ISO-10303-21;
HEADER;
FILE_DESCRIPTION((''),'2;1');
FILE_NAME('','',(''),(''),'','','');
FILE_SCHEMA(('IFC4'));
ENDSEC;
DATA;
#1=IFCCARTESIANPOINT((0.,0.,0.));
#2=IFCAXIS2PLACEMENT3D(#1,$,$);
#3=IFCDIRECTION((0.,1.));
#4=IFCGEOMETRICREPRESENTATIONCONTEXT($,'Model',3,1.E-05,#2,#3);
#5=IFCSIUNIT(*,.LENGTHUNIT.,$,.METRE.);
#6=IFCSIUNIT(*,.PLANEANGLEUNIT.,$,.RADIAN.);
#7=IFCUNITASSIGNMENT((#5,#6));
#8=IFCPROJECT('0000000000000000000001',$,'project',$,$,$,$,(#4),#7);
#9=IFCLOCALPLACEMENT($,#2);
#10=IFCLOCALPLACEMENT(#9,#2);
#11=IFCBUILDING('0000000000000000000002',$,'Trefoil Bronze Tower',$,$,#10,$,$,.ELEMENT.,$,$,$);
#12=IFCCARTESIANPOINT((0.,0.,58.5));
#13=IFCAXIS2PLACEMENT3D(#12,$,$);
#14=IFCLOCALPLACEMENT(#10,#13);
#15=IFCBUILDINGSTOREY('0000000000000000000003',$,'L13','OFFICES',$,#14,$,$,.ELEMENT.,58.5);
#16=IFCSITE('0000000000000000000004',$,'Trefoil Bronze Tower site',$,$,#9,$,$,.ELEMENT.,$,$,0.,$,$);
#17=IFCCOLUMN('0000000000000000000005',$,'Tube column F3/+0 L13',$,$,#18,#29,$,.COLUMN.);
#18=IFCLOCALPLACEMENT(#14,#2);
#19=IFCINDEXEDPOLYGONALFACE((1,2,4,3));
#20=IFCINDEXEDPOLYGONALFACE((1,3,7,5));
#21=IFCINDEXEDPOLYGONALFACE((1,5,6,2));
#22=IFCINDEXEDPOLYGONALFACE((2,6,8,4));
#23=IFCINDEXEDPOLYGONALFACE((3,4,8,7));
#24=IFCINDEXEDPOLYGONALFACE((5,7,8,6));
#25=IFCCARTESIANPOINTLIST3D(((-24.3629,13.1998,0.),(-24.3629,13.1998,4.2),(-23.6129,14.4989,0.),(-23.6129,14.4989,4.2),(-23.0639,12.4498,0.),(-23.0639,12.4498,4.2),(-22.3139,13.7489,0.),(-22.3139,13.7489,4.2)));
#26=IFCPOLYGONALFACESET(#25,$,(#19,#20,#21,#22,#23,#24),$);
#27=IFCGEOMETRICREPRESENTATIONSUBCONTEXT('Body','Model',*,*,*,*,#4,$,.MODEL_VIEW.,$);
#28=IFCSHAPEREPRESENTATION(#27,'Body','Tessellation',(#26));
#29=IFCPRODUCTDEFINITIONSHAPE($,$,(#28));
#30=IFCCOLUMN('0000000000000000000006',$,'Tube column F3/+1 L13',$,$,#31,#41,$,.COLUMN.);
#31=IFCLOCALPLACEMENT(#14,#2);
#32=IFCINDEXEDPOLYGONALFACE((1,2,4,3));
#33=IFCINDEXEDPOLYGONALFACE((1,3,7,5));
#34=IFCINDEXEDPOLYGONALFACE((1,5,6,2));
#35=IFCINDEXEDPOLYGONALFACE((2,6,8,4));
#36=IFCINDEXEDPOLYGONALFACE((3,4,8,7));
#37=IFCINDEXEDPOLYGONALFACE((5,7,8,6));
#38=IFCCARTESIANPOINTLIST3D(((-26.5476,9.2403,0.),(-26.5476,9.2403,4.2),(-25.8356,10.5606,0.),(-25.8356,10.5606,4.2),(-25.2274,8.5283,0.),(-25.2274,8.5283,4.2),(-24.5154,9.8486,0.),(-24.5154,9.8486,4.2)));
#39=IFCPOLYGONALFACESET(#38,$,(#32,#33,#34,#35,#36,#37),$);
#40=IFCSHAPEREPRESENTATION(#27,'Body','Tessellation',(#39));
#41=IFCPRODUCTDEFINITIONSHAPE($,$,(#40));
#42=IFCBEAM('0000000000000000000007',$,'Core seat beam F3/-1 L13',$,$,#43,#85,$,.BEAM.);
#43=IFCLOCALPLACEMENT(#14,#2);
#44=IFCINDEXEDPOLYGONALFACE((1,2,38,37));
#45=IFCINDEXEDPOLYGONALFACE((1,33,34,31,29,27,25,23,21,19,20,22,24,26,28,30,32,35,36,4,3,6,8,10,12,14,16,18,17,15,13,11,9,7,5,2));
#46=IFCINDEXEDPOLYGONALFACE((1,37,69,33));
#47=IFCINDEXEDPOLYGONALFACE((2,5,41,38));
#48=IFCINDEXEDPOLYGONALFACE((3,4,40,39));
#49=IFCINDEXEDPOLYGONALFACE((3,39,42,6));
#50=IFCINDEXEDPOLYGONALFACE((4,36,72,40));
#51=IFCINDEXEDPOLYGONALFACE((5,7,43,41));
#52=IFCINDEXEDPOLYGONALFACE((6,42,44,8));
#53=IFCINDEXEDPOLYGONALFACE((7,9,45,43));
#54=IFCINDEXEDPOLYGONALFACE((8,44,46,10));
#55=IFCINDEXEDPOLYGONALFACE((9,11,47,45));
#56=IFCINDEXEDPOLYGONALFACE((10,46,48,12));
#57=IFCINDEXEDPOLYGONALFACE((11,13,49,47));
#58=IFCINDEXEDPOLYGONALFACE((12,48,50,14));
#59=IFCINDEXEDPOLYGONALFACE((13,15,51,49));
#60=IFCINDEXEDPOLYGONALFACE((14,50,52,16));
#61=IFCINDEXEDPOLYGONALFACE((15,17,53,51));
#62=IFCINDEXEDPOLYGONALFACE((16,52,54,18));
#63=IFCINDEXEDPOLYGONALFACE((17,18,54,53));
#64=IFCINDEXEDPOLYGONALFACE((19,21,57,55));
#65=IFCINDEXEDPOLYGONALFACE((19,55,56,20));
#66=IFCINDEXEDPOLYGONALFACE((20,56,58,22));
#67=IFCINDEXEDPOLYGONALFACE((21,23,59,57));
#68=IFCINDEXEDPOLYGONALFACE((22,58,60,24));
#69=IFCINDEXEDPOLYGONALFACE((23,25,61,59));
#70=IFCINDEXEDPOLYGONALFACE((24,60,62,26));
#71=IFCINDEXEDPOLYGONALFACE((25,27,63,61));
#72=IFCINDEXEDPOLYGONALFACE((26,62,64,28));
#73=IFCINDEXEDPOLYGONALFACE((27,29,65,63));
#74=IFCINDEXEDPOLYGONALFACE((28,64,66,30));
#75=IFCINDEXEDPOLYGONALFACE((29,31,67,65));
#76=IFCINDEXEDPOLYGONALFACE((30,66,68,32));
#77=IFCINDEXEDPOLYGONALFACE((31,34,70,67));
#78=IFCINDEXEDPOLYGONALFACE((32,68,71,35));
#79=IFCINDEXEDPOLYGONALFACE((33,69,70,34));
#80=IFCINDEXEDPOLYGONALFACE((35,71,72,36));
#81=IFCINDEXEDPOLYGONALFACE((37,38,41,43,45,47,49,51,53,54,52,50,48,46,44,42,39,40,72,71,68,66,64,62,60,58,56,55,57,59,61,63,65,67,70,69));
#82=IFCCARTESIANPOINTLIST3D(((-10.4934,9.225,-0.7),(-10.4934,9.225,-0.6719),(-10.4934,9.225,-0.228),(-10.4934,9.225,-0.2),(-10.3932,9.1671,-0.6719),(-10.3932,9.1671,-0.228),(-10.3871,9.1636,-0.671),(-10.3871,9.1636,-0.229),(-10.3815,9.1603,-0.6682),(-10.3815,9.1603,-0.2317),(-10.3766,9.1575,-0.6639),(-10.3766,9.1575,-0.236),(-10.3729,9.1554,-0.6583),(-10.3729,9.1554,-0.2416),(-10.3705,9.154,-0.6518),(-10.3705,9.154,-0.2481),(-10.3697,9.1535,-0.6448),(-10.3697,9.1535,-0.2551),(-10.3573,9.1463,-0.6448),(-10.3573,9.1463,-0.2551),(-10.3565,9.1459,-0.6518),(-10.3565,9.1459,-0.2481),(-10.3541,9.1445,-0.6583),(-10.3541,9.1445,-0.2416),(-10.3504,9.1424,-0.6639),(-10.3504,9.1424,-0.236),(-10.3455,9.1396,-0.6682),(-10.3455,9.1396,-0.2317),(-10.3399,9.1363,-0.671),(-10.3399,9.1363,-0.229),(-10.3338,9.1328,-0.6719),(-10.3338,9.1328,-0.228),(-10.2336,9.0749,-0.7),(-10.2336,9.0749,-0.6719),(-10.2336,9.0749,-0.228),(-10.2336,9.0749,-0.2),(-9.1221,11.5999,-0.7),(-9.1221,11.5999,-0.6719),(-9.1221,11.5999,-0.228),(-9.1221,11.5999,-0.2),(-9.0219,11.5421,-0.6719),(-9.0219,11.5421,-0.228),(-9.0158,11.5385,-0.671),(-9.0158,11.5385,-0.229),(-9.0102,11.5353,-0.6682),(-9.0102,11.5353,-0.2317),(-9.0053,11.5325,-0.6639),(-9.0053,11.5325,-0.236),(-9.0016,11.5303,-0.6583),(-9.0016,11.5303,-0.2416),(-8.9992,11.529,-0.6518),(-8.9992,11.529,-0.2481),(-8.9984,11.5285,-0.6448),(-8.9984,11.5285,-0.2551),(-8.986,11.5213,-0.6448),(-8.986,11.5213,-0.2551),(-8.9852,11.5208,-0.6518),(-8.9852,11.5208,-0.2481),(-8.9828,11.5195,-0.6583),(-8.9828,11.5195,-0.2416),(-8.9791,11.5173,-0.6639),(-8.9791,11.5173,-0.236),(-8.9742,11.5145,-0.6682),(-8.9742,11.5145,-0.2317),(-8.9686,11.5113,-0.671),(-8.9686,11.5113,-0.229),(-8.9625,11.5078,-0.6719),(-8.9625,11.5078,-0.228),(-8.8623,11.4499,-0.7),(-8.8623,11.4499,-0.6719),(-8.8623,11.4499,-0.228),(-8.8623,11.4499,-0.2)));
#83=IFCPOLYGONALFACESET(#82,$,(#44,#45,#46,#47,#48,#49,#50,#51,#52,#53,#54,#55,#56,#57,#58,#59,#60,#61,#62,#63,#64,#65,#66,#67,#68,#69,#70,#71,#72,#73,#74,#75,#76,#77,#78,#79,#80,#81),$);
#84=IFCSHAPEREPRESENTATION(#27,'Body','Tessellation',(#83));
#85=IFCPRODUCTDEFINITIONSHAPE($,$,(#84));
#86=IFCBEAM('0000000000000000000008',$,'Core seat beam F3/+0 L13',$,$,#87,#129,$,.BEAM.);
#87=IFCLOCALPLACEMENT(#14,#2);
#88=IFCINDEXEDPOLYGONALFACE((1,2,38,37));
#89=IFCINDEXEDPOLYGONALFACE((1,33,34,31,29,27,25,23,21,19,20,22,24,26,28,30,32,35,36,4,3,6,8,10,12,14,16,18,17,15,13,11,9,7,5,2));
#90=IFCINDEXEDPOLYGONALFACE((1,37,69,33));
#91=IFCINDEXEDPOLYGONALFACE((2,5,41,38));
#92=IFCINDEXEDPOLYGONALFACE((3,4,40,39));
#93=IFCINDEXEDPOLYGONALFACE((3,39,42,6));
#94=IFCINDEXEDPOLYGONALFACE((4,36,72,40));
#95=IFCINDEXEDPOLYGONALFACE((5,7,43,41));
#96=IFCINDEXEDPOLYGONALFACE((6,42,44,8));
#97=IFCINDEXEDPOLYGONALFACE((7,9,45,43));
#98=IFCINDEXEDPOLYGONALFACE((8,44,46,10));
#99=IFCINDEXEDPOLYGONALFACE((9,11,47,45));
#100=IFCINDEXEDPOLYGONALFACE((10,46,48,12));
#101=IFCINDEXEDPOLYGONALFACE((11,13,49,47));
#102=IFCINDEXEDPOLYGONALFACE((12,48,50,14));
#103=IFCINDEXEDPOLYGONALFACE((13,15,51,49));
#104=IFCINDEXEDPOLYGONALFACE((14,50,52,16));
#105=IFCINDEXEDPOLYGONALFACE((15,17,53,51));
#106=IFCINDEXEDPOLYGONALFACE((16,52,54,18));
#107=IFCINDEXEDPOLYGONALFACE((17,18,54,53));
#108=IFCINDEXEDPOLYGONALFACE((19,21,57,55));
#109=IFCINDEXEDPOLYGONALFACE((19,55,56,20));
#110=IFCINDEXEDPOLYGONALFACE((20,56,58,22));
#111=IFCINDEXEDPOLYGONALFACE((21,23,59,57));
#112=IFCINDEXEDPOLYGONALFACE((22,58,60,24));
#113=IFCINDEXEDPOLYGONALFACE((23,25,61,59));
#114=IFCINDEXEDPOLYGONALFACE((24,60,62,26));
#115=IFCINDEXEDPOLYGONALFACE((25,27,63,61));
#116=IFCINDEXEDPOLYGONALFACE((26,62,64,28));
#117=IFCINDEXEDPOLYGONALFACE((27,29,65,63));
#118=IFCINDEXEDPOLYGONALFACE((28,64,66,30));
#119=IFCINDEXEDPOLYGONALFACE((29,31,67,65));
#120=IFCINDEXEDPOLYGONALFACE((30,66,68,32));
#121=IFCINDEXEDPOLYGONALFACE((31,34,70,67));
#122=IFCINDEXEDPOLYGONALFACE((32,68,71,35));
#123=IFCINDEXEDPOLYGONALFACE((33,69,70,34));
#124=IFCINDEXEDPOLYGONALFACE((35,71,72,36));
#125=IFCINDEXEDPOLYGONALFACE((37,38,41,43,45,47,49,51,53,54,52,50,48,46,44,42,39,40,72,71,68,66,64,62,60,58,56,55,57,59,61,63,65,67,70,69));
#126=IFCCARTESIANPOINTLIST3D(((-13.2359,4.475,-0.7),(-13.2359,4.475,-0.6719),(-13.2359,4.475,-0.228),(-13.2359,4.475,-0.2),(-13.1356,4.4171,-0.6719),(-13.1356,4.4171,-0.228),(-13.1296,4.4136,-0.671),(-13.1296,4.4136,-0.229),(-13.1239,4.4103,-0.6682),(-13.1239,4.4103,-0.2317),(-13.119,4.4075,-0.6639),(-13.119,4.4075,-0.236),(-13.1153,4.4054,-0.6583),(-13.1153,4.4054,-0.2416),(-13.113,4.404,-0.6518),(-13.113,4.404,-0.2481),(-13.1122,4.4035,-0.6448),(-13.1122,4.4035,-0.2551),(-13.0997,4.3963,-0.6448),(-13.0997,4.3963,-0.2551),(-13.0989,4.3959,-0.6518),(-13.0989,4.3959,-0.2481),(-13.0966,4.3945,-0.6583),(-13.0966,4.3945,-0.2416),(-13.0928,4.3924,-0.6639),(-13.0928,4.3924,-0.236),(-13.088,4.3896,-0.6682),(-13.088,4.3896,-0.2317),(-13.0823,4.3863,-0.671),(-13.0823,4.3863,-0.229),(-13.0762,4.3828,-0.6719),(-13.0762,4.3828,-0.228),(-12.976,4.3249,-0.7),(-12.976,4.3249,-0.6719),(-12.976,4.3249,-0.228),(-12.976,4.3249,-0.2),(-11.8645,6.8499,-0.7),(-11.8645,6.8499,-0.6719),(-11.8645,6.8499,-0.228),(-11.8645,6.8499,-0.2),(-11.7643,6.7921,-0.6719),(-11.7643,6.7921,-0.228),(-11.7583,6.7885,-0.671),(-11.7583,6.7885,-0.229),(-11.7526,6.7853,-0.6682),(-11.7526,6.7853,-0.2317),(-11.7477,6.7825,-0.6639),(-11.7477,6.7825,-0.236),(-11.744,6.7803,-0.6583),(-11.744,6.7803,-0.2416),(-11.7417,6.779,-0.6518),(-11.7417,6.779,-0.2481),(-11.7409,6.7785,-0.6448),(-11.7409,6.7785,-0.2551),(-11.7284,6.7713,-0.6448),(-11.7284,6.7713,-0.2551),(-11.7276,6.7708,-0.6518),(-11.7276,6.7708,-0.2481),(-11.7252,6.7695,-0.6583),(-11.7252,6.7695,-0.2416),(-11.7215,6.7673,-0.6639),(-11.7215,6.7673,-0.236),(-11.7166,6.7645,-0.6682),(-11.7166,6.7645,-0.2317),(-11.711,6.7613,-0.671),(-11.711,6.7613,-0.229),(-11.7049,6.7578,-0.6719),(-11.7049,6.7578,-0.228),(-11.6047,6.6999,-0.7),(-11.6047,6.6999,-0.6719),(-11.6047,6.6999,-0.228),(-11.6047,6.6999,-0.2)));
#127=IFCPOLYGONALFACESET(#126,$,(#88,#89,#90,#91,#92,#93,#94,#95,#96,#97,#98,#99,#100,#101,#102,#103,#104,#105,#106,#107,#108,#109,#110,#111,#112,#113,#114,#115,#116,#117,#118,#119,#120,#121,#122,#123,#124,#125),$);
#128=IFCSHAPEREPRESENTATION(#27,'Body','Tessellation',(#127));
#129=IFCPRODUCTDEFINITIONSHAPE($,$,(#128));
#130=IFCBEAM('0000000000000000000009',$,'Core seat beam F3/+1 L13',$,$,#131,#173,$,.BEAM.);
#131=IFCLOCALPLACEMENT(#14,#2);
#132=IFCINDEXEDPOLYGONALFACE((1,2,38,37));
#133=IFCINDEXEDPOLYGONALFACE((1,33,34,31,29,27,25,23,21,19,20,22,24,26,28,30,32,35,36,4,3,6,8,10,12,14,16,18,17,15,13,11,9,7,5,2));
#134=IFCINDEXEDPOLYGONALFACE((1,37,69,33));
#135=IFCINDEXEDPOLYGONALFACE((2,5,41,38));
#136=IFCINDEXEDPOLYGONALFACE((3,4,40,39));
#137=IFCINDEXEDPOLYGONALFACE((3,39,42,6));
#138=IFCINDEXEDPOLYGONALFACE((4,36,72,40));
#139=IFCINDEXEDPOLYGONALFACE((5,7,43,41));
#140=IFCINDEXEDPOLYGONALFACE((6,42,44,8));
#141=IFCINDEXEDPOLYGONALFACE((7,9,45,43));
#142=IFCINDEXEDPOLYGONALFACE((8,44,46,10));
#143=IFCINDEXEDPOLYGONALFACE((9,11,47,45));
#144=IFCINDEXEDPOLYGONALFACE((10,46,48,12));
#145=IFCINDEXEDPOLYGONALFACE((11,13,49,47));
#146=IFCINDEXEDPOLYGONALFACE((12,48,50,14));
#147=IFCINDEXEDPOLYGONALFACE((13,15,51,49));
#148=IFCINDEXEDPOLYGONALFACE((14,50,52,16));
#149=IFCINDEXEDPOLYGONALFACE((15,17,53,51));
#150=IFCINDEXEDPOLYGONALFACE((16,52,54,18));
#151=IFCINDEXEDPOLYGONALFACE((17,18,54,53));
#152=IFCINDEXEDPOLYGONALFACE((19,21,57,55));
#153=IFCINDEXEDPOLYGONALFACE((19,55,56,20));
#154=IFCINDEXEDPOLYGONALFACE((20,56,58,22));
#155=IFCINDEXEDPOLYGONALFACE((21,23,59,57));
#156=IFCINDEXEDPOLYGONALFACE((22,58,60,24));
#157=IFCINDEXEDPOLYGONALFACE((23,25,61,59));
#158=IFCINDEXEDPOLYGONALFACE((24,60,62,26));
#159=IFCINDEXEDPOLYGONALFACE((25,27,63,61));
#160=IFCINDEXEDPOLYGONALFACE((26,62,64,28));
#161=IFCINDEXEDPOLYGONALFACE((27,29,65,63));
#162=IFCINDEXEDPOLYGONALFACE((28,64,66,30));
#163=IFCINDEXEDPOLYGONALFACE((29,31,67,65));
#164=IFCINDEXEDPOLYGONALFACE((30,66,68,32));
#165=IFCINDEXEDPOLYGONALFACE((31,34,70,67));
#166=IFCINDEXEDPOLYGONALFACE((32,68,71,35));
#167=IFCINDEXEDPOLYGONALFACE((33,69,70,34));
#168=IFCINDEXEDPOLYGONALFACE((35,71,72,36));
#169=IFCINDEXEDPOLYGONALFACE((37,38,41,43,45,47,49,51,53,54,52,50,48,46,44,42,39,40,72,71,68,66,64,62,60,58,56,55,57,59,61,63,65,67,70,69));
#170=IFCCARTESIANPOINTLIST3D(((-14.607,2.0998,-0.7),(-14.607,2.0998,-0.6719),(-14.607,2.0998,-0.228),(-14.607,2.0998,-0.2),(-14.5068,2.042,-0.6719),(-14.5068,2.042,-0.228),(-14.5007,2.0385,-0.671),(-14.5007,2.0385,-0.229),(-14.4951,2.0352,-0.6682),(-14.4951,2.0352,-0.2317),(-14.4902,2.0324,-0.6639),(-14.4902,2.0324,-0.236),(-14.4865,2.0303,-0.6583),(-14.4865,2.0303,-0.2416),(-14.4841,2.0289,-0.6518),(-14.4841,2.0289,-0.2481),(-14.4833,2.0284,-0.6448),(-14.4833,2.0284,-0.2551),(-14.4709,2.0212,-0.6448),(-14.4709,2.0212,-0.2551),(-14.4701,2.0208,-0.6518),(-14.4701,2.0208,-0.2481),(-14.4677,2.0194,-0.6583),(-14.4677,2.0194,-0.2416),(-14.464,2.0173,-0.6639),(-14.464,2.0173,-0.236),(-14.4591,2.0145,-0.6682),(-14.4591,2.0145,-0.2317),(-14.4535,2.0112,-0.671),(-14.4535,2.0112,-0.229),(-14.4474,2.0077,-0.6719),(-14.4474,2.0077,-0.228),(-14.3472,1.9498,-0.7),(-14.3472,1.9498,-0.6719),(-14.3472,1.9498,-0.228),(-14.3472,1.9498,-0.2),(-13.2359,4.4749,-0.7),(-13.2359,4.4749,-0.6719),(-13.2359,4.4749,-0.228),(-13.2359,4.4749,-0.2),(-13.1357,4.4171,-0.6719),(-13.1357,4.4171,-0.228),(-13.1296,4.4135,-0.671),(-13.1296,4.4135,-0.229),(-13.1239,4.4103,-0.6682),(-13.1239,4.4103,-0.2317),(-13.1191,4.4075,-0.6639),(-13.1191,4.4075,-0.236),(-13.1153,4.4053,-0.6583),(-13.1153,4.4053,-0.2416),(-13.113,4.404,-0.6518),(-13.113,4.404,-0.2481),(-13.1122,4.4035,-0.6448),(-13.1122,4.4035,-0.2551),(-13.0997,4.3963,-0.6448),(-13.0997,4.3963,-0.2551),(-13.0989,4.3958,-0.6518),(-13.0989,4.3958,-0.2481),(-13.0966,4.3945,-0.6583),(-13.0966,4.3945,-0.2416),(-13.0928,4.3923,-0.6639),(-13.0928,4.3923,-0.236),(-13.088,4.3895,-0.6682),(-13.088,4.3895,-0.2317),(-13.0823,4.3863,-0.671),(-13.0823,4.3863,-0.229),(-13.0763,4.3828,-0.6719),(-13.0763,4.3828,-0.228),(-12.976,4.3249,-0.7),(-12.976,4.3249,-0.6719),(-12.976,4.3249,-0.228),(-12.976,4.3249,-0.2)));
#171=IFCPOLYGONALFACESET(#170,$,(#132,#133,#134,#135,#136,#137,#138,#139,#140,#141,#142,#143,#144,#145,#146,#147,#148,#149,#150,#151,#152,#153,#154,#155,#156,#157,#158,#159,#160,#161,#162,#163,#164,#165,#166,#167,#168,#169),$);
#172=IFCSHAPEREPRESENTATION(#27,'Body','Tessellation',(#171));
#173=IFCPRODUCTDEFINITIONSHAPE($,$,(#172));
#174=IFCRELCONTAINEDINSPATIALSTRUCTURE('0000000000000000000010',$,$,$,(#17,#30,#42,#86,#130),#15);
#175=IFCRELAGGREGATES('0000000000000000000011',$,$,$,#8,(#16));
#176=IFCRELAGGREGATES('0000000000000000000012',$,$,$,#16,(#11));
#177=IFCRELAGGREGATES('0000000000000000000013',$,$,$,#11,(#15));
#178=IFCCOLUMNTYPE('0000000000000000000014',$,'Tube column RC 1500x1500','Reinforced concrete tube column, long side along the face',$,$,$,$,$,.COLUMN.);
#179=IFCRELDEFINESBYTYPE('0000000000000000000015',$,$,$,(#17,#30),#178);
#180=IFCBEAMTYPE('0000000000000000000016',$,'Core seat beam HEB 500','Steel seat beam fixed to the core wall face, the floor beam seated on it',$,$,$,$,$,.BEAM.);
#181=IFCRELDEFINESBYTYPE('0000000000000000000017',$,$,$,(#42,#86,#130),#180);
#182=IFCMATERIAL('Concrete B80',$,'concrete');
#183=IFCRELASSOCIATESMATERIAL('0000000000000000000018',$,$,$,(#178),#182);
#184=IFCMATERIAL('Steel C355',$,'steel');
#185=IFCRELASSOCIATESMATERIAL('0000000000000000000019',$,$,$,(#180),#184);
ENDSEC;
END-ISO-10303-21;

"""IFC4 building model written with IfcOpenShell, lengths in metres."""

from ifc_helpers import new_model, si_unit, direction, frame, origin, origin_2d, place, context, subcontext, project, spatial, rectangle, i_section, extrude, material, material_profile, profile_set, type_object, element, save


model = new_model("IFC4")

# Units and contexts
model_context = context("Model", 3, precision=1e-05, world=origin(), true_north=direction((0.0, 1.0)))
body_context = subcontext(model_context, "Body", "Model", "MODEL_VIEW")
ifc_project = project(units=[si_unit("LENGTHUNIT", "METRE"), si_unit("PLANEANGLEUNIT", "RADIAN")], contexts=[model_context])

# Site, building, storey
site_placement = place(None, origin())
site = spatial("IfcSite", under=ifc_project, at=site_placement, Name="Trefoil Bronze Tower site", CompositionType="ELEMENT", RefElevation=0.0)
building_placement = place(site_placement, origin())
building = spatial("IfcBuilding", under=site, at=building_placement, Name="Trefoil Bronze Tower", CompositionType="ELEMENT")
storey_placement = place(building_placement, frame((0.0, 0.0, 58.5)))
storey = spatial("IfcBuildingStorey", under=building, at=storey_placement, Name="L13", Description="OFFICES", CompositionType="ELEMENT", Elevation=58.5)

# Columns
ifc_material_1 = material(Name="Concrete B80", Category="concrete")
ifc_material_profile_1 = material_profile(ifc_material_1, rectangle(XDim=1.5, YDim=1.5, at=origin_2d()), Name="RC 1500x1500")
ifc_profile_set_1 = profile_set([ifc_material_profile_1], Name="Concrete B80")
column_type = type_object("IfcColumnType", Name="Tube column RC 1500x1500", Description="Reinforced concrete tube column, long side along the face", PredefinedType="COLUMN", material=ifc_profile_set_1)
for number, where, z_axis, x_axis, name in (
    (1, (-23.3384, 13.4744, 0.0), (0.0, 0.0, 1.0), (-0.5, -0.866025, 0.0), "Tube column F3/+0 L13"),
    (2, (-25.5315, 9.5444, 0.0), (0.0, 0.0, 1.0), (-0.474656, -0.880171, 0.0), "Tube column F3/+1 L13"),
):
    element("IfcColumn", number, at=place(storey_placement, frame(where, z_axis=z_axis, x_axis=x_axis)), inside=storey, type_object=column_type, Name=name, PredefinedType="COLUMN", context=body_context, shape_type="SweptSolid", body=[
        extrude(rectangle(XDim=1.5, YDim=1.5, at=origin_2d()), origin(), (0.0, 0.0, 1.0), 4.2),
    ])

# Beams
ifc_material_2 = material(Name="Steel C355", Category="steel")
ifc_material_profile_2 = material_profile(ifc_material_2, i_section(OverallWidth=0.3, OverallDepth=0.5, WebThickness=0.0144, FlangeThickness=0.0281, FilletRadius=0.0271, at=origin_2d()), Name="HEB 500")
ifc_profile_set_2 = profile_set([ifc_material_profile_2], Name="Steel C355")
beam_type_1 = type_object("IfcBeamType", Name="Core seat beam HEB 500", Description="Steel seat beam fixed to the core wall face, the floor beam seated on it", PredefinedType="BEAM", material=ifc_profile_set_2)
for number, where, z_axis, x_axis, name in (
    (3, (-8.9922, 11.5249, -0.45), (-0.500036, -0.866005, 0.0), (0.866005, -0.500036, 0.0), "Core seat beam F3/-1 L13"),
    (4, (-11.7346, 6.7749, -0.45), (-0.500036, -0.866005, 0.0), (0.866005, -0.500036, 0.0), "Core seat beam F3/+0 L13"),
    (5, (-13.106, 4.3999, -0.45), (-0.499969, -0.866043, 0.0), (0.866043, -0.499969, 0.0), "Core seat beam F3/+1 L13"),
):
    element("IfcBeam", number, at=place(storey_placement, frame(where, z_axis=z_axis, x_axis=x_axis)), inside=storey, type_object=beam_type_1, Name=name, PredefinedType="BEAM", context=body_context, shape_type="SweptSolid", body=[
        extrude(i_section(OverallWidth=0.3, OverallDepth=0.5, WebThickness=0.0144, FlangeThickness=0.0281, FilletRadius=0.0271, at=origin_2d()), origin(), (0.0, 0.0, 1.0), 2.7424),
    ])

save(model, "model.ifc")
